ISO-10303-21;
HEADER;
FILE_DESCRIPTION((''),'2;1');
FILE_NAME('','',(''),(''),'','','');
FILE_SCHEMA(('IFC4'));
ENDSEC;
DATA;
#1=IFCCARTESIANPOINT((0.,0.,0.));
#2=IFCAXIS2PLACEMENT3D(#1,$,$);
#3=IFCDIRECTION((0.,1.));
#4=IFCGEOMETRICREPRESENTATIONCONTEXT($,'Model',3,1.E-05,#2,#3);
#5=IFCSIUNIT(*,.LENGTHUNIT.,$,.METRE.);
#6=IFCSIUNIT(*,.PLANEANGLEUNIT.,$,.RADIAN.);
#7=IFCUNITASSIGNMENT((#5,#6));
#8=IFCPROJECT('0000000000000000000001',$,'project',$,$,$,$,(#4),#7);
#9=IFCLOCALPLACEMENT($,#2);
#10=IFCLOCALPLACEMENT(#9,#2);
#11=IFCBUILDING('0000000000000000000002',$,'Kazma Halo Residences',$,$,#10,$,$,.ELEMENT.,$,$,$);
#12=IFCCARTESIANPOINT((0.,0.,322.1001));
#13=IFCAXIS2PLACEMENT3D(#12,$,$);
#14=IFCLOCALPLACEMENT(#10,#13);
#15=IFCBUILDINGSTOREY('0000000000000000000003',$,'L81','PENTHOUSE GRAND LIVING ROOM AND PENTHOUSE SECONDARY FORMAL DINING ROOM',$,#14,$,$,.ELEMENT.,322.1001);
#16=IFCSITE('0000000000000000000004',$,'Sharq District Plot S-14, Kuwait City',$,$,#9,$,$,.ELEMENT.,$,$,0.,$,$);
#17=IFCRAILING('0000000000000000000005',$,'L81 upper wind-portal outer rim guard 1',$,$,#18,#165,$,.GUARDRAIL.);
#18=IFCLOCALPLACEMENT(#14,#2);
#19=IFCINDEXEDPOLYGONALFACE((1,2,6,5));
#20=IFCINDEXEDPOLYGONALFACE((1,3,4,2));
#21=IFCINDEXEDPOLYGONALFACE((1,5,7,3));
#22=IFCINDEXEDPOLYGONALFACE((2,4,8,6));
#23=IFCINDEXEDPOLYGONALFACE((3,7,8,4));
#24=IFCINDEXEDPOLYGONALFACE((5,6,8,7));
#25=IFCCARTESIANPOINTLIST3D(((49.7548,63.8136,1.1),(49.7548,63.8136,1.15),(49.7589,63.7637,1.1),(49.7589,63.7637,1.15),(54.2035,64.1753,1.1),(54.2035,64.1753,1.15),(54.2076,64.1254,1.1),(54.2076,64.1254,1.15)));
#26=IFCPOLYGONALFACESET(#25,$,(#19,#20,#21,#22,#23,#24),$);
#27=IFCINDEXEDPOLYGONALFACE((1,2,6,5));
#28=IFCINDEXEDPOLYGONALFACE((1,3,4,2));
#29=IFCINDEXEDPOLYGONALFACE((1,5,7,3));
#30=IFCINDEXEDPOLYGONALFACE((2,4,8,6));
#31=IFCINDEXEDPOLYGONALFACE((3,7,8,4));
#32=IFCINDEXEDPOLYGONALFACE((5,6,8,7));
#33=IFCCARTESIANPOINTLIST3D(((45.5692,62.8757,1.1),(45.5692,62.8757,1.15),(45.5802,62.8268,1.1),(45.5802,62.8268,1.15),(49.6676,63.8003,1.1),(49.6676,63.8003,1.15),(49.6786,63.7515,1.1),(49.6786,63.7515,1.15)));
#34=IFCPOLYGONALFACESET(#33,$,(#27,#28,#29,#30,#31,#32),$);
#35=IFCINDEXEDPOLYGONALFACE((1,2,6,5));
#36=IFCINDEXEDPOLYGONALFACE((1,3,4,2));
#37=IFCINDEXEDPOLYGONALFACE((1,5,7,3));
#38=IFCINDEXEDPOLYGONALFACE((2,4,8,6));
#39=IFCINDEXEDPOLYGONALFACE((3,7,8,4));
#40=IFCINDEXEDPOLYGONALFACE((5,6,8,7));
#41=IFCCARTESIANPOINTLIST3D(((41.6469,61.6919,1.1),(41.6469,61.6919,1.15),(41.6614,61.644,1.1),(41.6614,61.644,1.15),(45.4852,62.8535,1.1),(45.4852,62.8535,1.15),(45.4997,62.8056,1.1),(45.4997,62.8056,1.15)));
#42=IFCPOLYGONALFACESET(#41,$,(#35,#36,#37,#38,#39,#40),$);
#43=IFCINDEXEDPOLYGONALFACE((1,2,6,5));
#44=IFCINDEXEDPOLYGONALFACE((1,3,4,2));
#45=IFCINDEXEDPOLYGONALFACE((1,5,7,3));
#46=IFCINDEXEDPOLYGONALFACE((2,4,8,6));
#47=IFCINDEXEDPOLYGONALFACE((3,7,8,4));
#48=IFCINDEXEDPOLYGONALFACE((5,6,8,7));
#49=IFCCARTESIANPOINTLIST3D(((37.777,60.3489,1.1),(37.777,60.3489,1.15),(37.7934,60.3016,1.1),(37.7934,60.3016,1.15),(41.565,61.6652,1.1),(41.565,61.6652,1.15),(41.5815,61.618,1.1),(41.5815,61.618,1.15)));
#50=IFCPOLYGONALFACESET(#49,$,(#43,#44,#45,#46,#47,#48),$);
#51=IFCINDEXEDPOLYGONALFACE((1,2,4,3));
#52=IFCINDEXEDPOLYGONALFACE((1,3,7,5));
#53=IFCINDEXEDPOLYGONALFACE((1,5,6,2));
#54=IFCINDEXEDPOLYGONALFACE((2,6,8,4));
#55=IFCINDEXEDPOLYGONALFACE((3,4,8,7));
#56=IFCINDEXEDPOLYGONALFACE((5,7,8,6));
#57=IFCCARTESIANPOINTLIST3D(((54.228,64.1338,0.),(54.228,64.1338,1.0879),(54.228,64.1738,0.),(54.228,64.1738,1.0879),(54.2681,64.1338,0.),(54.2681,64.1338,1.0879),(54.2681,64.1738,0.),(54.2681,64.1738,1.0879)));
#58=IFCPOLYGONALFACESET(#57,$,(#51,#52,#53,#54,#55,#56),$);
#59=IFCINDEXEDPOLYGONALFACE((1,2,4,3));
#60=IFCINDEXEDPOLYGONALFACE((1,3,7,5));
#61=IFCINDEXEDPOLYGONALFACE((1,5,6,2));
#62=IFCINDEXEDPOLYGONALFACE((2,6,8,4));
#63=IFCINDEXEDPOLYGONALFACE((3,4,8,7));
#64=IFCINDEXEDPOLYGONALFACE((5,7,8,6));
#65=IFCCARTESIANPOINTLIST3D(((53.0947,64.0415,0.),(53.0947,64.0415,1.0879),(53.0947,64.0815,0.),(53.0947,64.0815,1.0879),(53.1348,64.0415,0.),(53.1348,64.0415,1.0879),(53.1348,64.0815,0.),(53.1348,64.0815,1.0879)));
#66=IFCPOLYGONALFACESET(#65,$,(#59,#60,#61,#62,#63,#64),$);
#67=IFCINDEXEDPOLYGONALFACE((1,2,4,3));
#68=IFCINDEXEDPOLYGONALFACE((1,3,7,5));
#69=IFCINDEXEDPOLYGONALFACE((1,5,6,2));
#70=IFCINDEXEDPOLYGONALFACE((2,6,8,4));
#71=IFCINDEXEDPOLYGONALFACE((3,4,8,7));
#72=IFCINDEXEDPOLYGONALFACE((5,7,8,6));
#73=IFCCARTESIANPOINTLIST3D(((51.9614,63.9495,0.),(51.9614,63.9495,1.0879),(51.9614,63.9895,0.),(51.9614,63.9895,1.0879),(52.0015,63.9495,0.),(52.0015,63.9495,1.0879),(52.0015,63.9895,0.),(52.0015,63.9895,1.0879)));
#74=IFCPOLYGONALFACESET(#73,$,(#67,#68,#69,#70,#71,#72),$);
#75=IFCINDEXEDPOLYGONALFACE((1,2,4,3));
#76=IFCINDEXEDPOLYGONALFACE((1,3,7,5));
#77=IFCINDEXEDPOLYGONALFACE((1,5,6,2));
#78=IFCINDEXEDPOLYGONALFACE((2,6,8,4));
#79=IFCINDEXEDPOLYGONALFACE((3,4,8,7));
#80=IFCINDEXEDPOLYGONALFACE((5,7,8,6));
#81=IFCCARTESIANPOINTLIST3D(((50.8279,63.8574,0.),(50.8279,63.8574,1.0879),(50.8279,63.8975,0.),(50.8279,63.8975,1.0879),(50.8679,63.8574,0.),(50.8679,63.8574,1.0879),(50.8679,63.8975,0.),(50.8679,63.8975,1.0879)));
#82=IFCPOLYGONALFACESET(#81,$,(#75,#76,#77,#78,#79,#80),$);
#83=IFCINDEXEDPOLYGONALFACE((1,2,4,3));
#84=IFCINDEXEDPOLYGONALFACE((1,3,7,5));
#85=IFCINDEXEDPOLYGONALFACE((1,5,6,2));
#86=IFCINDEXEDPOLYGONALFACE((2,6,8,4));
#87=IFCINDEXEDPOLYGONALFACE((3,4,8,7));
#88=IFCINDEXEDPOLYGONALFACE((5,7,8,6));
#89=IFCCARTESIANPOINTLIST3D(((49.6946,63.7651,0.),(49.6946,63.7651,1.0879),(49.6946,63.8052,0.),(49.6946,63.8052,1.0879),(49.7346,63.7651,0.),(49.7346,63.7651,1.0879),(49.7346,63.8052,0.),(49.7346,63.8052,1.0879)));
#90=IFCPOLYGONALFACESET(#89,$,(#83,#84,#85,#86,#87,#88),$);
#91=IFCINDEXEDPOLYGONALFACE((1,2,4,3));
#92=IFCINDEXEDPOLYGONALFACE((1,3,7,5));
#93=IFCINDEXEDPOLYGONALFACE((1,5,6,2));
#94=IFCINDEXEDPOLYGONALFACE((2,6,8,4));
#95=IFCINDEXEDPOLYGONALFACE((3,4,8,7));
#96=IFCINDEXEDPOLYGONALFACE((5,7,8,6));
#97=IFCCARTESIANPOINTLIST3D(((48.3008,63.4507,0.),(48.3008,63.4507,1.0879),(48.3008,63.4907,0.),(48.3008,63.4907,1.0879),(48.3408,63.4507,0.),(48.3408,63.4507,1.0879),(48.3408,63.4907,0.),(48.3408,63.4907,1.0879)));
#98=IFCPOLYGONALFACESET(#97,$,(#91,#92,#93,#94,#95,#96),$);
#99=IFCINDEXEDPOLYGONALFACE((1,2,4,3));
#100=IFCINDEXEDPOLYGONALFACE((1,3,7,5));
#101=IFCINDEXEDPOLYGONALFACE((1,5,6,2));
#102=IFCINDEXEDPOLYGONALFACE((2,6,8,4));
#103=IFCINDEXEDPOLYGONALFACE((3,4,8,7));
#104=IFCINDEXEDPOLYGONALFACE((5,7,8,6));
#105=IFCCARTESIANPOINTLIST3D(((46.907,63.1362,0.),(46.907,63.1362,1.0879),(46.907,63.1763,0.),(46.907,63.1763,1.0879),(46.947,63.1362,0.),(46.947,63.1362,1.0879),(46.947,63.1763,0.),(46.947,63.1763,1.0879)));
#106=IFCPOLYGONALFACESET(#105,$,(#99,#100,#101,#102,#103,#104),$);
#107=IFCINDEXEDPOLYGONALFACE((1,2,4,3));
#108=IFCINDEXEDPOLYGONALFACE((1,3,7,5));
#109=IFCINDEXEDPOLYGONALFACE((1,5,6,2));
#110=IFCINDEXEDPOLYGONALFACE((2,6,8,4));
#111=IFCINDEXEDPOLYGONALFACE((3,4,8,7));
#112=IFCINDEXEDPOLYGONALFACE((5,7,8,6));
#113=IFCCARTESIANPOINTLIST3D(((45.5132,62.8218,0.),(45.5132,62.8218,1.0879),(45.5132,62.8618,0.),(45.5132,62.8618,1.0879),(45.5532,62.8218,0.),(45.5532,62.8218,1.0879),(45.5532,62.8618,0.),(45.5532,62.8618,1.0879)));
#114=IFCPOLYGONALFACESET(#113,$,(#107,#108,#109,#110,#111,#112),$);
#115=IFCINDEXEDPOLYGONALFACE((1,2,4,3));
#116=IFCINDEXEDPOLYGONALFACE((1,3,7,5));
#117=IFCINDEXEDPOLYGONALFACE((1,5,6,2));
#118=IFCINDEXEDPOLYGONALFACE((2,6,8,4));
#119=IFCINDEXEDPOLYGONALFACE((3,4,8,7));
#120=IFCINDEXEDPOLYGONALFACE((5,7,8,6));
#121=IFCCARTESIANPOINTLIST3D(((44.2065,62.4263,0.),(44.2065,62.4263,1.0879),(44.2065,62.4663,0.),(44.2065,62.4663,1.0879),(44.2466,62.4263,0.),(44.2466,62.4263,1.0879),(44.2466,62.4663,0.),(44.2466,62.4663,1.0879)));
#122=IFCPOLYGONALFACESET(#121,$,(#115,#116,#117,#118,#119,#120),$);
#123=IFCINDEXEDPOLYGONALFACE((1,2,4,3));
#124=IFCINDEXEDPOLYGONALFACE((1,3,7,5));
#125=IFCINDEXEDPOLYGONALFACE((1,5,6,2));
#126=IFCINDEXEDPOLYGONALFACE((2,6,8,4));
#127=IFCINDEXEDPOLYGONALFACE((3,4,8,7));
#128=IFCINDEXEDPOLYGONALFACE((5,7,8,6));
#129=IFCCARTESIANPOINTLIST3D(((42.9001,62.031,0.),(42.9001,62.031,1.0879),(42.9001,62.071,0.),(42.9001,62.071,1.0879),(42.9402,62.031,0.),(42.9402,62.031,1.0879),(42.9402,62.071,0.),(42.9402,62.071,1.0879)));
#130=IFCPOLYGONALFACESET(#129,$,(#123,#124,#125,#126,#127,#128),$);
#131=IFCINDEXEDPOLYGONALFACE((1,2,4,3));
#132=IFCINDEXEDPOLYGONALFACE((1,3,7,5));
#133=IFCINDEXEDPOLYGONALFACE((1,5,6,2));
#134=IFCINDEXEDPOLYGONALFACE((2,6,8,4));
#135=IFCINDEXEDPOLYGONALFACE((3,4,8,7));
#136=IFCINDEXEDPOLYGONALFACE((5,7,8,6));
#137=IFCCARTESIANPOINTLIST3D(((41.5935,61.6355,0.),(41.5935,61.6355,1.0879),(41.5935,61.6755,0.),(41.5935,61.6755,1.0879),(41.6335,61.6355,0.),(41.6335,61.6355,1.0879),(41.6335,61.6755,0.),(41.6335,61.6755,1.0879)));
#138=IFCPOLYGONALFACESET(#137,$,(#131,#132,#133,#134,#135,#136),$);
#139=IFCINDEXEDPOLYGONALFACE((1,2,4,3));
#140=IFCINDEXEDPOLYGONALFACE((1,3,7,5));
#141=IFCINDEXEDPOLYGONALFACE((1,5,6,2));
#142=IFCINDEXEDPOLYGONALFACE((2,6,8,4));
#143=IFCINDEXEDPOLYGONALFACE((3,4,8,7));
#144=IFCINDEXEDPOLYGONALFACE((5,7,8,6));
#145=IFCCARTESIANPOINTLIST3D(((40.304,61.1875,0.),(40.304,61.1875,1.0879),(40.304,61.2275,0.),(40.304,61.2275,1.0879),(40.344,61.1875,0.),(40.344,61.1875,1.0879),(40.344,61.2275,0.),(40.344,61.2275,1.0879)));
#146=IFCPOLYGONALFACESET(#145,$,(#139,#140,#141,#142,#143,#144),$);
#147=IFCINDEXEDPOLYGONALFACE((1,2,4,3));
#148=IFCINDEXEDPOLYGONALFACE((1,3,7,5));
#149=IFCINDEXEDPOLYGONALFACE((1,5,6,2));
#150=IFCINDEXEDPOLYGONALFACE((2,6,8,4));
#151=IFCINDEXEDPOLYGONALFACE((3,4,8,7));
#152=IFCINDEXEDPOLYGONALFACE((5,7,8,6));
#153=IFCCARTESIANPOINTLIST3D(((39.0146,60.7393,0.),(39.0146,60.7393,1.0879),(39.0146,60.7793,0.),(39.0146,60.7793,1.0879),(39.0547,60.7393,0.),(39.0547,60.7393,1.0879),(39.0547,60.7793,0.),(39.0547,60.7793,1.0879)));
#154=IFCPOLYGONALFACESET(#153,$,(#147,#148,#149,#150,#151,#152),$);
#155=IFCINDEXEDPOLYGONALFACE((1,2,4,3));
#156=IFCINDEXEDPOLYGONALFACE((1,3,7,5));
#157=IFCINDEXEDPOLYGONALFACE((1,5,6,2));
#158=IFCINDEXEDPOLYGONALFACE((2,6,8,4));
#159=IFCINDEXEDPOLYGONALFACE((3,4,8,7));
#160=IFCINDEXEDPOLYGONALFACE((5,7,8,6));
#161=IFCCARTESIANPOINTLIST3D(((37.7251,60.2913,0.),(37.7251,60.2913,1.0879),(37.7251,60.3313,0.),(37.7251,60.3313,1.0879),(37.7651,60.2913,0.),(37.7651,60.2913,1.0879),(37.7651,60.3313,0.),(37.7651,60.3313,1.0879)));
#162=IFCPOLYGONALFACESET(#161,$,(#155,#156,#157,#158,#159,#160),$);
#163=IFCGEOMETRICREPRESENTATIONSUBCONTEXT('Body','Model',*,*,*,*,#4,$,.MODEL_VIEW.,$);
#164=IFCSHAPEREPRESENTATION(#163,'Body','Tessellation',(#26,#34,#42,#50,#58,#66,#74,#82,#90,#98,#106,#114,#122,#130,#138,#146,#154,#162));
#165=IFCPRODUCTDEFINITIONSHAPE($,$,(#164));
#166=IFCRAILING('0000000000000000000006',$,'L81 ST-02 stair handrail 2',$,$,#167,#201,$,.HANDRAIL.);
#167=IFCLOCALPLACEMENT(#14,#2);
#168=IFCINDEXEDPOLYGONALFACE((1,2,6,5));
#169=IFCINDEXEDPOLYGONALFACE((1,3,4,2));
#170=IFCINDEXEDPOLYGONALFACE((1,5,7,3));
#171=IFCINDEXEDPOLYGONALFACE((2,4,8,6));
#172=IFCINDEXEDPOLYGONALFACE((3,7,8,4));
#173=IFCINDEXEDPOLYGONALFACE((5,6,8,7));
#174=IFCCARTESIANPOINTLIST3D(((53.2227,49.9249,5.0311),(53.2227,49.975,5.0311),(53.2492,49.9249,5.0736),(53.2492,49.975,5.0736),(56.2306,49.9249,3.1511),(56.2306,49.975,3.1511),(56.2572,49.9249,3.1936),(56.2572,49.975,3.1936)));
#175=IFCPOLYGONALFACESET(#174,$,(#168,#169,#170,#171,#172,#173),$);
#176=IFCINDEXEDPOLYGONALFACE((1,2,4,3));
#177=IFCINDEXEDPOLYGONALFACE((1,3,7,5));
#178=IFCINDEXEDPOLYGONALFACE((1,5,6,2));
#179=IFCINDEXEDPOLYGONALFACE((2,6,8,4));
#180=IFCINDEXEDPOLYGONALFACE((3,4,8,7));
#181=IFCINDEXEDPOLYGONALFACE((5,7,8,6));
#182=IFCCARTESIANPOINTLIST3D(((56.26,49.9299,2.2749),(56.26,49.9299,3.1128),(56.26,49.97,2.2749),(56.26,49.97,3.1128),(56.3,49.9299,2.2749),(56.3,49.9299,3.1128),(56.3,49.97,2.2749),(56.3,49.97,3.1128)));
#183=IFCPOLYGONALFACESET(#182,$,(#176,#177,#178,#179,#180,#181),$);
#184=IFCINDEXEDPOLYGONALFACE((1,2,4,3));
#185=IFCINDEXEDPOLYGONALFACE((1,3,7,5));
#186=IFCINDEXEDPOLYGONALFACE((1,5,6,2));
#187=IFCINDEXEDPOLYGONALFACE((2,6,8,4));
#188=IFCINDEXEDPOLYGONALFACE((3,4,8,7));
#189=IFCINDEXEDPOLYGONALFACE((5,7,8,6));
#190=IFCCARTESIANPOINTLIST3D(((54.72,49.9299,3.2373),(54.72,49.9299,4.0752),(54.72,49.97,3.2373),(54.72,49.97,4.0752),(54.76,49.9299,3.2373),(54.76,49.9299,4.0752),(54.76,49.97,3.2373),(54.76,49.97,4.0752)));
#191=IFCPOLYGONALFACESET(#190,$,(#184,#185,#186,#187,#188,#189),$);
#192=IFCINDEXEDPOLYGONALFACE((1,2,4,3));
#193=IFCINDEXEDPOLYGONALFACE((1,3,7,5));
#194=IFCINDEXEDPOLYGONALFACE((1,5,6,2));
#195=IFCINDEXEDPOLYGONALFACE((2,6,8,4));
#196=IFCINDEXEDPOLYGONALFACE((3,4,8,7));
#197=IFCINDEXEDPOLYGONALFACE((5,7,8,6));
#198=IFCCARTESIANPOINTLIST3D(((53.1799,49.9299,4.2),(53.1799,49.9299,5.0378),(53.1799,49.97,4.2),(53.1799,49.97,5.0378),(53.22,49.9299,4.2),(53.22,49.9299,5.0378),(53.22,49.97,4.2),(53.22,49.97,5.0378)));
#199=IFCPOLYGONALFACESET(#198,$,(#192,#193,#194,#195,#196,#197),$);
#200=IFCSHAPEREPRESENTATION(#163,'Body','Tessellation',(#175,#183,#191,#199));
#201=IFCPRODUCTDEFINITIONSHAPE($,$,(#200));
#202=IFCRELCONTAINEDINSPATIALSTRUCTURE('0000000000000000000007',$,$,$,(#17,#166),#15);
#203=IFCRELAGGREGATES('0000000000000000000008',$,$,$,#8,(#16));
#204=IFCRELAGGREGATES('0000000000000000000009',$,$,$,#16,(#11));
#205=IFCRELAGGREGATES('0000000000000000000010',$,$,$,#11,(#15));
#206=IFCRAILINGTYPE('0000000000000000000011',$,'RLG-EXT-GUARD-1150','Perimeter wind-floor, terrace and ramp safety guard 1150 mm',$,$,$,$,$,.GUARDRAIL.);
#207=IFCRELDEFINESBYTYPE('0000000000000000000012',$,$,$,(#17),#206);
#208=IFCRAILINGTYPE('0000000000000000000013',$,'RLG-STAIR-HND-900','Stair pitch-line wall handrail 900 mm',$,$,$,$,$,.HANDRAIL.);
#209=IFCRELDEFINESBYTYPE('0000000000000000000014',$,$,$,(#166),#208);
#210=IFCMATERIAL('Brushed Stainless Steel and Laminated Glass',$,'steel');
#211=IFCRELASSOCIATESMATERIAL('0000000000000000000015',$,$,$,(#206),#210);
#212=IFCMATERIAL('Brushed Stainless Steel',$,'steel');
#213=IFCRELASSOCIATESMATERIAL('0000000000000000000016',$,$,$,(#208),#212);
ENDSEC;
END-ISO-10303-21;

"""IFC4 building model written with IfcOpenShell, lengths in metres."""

from ifc_helpers import new_model, si_unit, direction, frame, origin, origin_2d, place, context, subcontext, project, spatial, rectangle, extrude, material, type_object, element, save


model = new_model("IFC4")

# Units and contexts
model_context = context("Model", 3, precision=1e-05, world=origin(), true_north=direction((0.0, 1.0)))
body_context = subcontext(model_context, "Body", "Model", "MODEL_VIEW")
ifc_project = project(units=[si_unit("LENGTHUNIT", "METRE"), si_unit("PLANEANGLEUNIT", "RADIAN")], contexts=[model_context])

# Site, building, storey
site_placement = place(None, origin())
site = spatial("IfcSite", under=ifc_project, at=site_placement, Name="Sharq District Plot S-14, Kuwait City", CompositionType="ELEMENT", RefElevation=0.0)
building_placement = place(site_placement, origin())
building = spatial("IfcBuilding", under=site, at=building_placement, Name="Kazma Halo Residences", CompositionType="ELEMENT")
storey_placement = place(building_placement, frame((0.0, 0.0, 322.1001)))
storey = spatial("IfcBuildingStorey", under=building, at=storey_placement, Name="L81", Description="PENTHOUSE GRAND LIVING ROOM AND PENTHOUSE SECONDARY FORMAL DINING ROOM", CompositionType="ELEMENT", Elevation=322.1001)

# Railings
ifc_material_1 = material(Name="Brushed Stainless Steel and Laminated Glass", Category="steel")
railing_type_1 = type_object("IfcRailingType", Name="RLG-EXT-GUARD-1150", Description="Perimeter wind-floor, terrace and ramp safety guard 1150 mm", PredefinedType="GUARDRAIL", material=ifc_material_1)
railing_1_placement = place(storey_placement, frame((54.248, 64.1538, 0.0)))
element("IfcRailing", 1, at=railing_1_placement, inside=storey, type_object=railing_type_1, Name="L81 upper wind-portal outer rim guard 1", PredefinedType="GUARDRAIL", context=body_context, shape_type="SweptSolid", body=[
    extrude(rectangle(XDim=0.05, YDim=0.05, at=origin_2d()), frame((-0.0425, -0.0034, 1.125), z_axis=(-0.99671, -0.081051, 0.0), x_axis=(0.081051, -0.99671, 0.0)), (0.0, 0.0, 1.0), 4.4634),
    extrude(rectangle(XDim=0.05, YDim=0.05, at=origin_2d()), frame((-4.575, -0.3779, 1.125), z_axis=(-0.975482, -0.220077, 0.0), x_axis=(0.220077, -0.975482, 0.0)), (0.0, 0.0, 1.0), 4.2014),
    extrude(rectangle(XDim=0.05, YDim=0.05, at=origin_2d()), frame((-8.7556, -1.3242, 1.125), z_axis=(-0.957126, -0.289671, 0.0), x_axis=(0.289671, -0.957126, 0.0)), (0.0, 0.0, 1.0), 4.0103),
    extrude(rectangle(XDim=0.05, YDim=0.05, at=origin_2d()), frame((-12.6748, -2.5122, 1.125), z_axis=(-0.944595, -0.328239, 0.0), x_axis=(0.328239, -0.944595, 0.0)), (0.0, 0.0, 1.0), 4.0103),
    extrude(rectangle(XDim=0.04, YDim=0.04, at=origin_2d()), origin(), (0.0, 0.0, 1.0), 1.0879),
    extrude(rectangle(XDim=0.04, YDim=0.04, at=origin_2d()), frame((-1.1333, -0.0923, 0.0)), (0.0, 0.0, 1.0), 1.0879),
    extrude(rectangle(XDim=0.04, YDim=0.04, at=origin_2d()), frame((-2.2666, -0.1843, 0.0)), (0.0, 0.0, 1.0), 1.0879),
    extrude(rectangle(XDim=0.04, YDim=0.04, at=origin_2d()), frame((-3.4001, -0.2764, 0.0)), (0.0, 0.0, 1.0), 1.0879),
    extrude(rectangle(XDim=0.04, YDim=0.04, at=origin_2d()), frame((-4.5334, -0.3687, 0.0)), (0.0, 0.0, 1.0), 1.0879),
    extrude(rectangle(XDim=0.04, YDim=0.04, at=origin_2d()), frame((-5.9272, -0.6831, 0.0)), (0.0, 0.0, 1.0), 1.0879),
    extrude(rectangle(XDim=0.04, YDim=0.04, at=origin_2d()), frame((-7.321, -0.9976, 0.0)), (0.0, 0.0, 1.0), 1.0879),
    extrude(rectangle(XDim=0.04, YDim=0.04, at=origin_2d()), frame((-8.7148, -1.312, 0.0)), (0.0, 0.0, 1.0), 1.0879),
    extrude(rectangle(XDim=0.04, YDim=0.04, at=origin_2d()), frame((-10.0215, -1.7075, 0.0)), (0.0, 0.0, 1.0), 1.0879),
    extrude(rectangle(XDim=0.04, YDim=0.04, at=origin_2d()), frame((-11.3279, -2.1028, 0.0)), (0.0, 0.0, 1.0), 1.0879),
    extrude(rectangle(XDim=0.04, YDim=0.04, at=origin_2d()), frame((-12.6345, -2.4983, 0.0)), (0.0, 0.0, 1.0), 1.0879),
    extrude(rectangle(XDim=0.04, YDim=0.04, at=origin_2d()), frame((-13.9241, -2.9463, 0.0)), (0.0, 0.0, 1.0), 1.0879),
    extrude(rectangle(XDim=0.04, YDim=0.04, at=origin_2d()), frame((-15.2134, -3.3945, 0.0)), (0.0, 0.0, 1.0), 1.0879),
    extrude(rectangle(XDim=0.04, YDim=0.04, at=origin_2d()), frame((-16.5029, -3.8425, 0.0)), (0.0, 0.0, 1.0), 1.0879),
])
ifc_material_2 = material(Name="Brushed Stainless Steel", Category="steel")
railing_type_2 = type_object("IfcRailingType", Name="RLG-STAIR-HND-900", Description="Stair pitch-line wall handrail 900 mm", PredefinedType="HANDRAIL", material=ifc_material_2)
railing_2_placement = place(storey_placement, frame((56.28, 49.95, 2.2749)))
element("IfcRailing", 2, at=railing_2_placement, inside=storey, type_object=railing_type_2, Name="L81 ST-02 stair handrail 2", PredefinedType="HANDRAIL", context=body_context, shape_type="SweptSolid", body=[
    extrude(rectangle(XDim=0.05, YDim=0.05, at=origin_2d()), frame((-0.0361, 0.0, 0.8975), z_axis=(-0.847998, 0.0, 0.529999), x_axis=(0.0, -1.0, 0.0)), (0.0, 0.0, 1.0), 3.5471),
    extrude(rectangle(XDim=0.04, YDim=0.04, at=origin_2d()), origin(), (0.0, 0.0, 1.0), 0.8379),
    extrude(rectangle(XDim=0.04, YDim=0.04, at=origin_2d()), frame((-1.54, 0.0, 0.9624)), (0.0, 0.0, 1.0), 0.8379),
    extrude(rectangle(XDim=0.04, YDim=0.04, at=origin_2d()), frame((-3.0801, 0.0, 1.925)), (0.0, 0.0, 1.0), 0.8379),
])

save(model, "model.ifc")
